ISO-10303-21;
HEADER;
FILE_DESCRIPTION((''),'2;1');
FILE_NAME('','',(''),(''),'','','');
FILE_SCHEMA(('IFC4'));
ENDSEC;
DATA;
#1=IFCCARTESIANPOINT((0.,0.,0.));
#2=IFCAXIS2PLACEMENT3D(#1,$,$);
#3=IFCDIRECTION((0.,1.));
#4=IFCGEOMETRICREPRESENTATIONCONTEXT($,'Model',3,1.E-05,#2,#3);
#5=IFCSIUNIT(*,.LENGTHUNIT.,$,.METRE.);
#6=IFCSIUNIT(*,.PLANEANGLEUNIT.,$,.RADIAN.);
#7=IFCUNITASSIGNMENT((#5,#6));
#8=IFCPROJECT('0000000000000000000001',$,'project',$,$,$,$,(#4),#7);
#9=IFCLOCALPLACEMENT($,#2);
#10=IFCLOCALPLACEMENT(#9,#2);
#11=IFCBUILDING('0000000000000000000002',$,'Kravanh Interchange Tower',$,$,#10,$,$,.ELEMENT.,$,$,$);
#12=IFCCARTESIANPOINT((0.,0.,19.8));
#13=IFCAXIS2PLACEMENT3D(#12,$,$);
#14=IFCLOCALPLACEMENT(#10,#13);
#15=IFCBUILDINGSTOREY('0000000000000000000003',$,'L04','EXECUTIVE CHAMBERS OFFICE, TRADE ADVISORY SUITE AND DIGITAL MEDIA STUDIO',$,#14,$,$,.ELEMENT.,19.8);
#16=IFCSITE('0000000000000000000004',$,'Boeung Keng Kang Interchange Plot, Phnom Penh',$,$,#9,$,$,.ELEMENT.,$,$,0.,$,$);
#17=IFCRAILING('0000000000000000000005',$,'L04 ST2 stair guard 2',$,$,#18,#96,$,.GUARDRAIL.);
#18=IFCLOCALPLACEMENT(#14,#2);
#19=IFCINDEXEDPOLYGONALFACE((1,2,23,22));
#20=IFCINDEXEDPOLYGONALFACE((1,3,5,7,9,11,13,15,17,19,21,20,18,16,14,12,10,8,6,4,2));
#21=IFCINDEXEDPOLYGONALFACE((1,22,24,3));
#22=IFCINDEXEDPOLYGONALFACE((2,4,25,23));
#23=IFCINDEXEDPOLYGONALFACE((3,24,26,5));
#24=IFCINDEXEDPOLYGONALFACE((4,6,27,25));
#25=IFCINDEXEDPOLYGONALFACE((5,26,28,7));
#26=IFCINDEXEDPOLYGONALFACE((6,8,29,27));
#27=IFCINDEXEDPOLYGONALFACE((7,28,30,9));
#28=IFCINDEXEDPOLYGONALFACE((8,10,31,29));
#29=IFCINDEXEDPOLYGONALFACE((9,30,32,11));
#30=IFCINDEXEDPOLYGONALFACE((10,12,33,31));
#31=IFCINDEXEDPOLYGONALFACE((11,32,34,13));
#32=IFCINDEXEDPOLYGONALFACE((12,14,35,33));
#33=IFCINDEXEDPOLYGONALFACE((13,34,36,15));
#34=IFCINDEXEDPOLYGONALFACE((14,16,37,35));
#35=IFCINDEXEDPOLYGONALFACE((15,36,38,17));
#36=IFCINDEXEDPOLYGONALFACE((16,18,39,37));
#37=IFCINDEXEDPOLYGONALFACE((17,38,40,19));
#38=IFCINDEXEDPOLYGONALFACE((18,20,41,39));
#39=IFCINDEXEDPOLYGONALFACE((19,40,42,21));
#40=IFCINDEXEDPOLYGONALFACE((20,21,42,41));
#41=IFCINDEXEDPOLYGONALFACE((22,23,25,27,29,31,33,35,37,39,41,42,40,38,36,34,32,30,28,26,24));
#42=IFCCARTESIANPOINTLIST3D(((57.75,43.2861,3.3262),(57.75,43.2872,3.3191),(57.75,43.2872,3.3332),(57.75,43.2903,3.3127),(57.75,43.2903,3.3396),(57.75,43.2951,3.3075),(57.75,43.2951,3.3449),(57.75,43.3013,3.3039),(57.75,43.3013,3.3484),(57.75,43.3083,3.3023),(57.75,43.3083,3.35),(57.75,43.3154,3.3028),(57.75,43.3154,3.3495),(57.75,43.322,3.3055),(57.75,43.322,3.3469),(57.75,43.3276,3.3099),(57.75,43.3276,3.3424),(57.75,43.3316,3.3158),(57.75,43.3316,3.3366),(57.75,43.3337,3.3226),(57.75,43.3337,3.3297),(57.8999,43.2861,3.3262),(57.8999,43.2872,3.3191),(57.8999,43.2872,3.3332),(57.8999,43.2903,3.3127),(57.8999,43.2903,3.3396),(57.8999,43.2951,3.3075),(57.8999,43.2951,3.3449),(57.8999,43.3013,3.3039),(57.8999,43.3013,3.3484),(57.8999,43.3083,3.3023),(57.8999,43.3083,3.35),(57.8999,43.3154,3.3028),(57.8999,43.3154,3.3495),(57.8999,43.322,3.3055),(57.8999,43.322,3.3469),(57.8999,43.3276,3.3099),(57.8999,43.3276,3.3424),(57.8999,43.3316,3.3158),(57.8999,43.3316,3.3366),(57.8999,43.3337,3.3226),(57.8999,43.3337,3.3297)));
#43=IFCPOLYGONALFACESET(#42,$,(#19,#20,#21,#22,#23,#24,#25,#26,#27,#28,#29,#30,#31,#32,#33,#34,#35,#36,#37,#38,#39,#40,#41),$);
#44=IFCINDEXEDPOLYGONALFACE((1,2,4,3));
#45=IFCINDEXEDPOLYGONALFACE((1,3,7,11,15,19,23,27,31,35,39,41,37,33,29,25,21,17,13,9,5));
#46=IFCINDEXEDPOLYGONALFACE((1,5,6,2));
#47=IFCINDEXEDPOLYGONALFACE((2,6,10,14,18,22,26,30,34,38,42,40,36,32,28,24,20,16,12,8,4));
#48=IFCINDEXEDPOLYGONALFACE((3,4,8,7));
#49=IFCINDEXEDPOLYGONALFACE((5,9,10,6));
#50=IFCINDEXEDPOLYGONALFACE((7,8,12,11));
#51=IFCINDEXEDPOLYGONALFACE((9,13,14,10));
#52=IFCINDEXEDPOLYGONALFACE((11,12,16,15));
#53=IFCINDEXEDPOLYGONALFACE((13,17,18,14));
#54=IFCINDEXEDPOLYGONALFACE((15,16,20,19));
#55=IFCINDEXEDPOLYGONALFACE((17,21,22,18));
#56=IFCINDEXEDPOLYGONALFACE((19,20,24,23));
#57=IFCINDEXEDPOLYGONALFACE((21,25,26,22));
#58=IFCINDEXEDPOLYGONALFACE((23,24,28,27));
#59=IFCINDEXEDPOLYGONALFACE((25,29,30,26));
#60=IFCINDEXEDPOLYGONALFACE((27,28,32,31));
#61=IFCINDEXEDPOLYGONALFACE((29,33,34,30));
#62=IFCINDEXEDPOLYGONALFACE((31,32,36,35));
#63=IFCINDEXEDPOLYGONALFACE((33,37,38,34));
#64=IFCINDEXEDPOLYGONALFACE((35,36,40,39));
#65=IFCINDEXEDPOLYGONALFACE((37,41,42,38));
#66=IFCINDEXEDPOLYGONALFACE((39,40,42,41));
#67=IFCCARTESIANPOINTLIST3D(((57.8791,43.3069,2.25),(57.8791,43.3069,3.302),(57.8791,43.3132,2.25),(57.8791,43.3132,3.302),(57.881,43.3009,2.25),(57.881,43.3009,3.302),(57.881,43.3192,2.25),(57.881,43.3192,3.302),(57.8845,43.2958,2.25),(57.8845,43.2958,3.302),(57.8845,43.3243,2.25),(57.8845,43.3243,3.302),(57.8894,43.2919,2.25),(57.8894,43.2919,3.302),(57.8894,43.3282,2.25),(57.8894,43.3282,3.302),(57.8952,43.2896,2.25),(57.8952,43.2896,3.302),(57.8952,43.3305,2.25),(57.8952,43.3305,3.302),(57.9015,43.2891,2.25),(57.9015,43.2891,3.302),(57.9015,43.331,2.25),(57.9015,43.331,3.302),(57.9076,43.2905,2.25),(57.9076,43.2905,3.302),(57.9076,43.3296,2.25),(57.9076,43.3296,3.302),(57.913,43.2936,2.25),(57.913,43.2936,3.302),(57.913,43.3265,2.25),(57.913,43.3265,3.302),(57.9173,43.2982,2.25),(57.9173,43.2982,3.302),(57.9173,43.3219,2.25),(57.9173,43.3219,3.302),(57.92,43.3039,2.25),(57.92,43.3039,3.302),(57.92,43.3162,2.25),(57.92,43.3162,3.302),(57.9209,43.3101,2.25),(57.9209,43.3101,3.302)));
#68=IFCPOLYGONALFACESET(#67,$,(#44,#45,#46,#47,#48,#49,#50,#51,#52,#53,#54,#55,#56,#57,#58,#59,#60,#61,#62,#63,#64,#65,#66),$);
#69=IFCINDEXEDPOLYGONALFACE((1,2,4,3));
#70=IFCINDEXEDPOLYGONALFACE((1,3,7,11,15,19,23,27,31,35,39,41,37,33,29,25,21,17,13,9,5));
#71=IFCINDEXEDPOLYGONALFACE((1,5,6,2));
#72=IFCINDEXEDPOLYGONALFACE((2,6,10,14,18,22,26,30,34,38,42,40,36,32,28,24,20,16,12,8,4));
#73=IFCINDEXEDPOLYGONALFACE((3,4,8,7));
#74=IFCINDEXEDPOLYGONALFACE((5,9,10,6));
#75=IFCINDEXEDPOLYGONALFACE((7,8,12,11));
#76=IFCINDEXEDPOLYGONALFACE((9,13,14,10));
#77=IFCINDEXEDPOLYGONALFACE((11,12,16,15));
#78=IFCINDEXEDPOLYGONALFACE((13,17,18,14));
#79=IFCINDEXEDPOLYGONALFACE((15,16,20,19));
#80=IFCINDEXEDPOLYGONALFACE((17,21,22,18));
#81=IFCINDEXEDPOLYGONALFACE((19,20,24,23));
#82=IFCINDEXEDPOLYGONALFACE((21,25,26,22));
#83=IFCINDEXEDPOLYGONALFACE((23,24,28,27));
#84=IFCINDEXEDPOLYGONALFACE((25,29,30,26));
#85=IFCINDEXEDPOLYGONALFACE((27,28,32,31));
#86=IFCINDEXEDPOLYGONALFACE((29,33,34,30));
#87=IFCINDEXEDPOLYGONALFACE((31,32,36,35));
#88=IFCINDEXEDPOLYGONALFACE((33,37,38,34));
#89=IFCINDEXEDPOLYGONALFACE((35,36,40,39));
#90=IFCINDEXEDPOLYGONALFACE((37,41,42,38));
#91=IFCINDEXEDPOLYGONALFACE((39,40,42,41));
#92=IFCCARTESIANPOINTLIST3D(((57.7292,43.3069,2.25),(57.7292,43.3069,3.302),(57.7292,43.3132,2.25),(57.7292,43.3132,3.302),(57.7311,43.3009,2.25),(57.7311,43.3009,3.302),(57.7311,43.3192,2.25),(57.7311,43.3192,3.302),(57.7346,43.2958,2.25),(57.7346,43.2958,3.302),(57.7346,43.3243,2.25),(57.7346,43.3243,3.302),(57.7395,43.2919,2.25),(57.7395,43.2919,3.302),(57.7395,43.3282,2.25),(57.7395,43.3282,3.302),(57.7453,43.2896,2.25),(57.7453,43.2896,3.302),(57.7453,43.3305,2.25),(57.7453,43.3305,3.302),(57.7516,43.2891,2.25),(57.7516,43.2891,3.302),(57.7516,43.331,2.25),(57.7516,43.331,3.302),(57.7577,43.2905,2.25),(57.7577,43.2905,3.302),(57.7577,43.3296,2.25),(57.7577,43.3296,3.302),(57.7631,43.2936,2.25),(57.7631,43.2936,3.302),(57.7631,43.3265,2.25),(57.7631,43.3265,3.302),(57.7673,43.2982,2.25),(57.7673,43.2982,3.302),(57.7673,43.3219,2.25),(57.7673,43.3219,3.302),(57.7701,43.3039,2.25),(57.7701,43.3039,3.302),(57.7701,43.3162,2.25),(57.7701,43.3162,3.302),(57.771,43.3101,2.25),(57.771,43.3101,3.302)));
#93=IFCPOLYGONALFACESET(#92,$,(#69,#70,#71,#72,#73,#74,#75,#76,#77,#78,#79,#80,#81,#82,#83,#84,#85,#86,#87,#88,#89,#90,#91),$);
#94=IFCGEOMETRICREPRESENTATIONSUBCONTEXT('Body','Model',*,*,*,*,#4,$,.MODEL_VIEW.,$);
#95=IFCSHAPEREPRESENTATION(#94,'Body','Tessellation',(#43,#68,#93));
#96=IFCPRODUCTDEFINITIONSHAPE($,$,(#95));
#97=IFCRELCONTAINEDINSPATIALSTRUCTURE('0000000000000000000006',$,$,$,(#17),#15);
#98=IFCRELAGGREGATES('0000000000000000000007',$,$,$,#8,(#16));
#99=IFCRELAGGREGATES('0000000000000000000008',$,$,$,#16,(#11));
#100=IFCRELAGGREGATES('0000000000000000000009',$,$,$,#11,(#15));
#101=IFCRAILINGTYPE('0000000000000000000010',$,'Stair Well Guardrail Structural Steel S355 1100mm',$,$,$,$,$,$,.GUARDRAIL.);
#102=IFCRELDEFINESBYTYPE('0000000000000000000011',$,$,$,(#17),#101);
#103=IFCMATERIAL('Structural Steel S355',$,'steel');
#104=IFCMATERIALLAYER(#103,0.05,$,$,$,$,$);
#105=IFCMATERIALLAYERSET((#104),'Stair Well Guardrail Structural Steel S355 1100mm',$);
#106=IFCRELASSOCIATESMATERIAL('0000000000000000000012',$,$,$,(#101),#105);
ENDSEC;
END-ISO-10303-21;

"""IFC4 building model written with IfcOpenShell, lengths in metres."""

from ifc_helpers import new_model, si_unit, direction, frame, origin, origin_2d, place, context, subcontext, project, spatial, circle, extrude, material, layer, layer_set, type_object, element, save


model = new_model("IFC4")

# Units and contexts
model_context = context("Model", 3, precision=1e-05, world=origin(), true_north=direction((0.0, 1.0)))
body_context = subcontext(model_context, "Body", "Model", "MODEL_VIEW")
ifc_project = project(units=[si_unit("LENGTHUNIT", "METRE"), si_unit("PLANEANGLEUNIT", "RADIAN")], contexts=[model_context])

# Site, building, storey
site_placement = place(None, origin())
site = spatial("IfcSite", under=ifc_project, at=site_placement, Name="Boeung Keng Kang Interchange Plot, Phnom Penh", CompositionType="ELEMENT", RefElevation=0.0)
building_placement = place(site_placement, origin())
building = spatial("IfcBuilding", under=site, at=building_placement, Name="Kravanh Interchange Tower", CompositionType="ELEMENT")
storey_placement = place(building_placement, frame((0.0, 0.0, 19.8)))
storey = spatial("IfcBuildingStorey", under=building, at=storey_placement, Name="L04", Description="EXECUTIVE CHAMBERS OFFICE, TRADE ADVISORY SUITE AND DIGITAL MEDIA STUDIO", CompositionType="ELEMENT", Elevation=19.8)

# Railing
ifc_material_1 = material(Name="Structural Steel S355", Category="steel")
ifc_layer_1 = layer(ifc_material_1, 0.05)
ifc_layer_set_1 = layer_set([ifc_layer_1], Name="Stair Well Guardrail Structural Steel S355 1100mm")
railing_type_1 = type_object("IfcRailingType", Name="Stair Well Guardrail Structural Steel S355 1100mm", PredefinedType="GUARDRAIL", material=ifc_layer_set_1)
railing_1_placement = place(storey_placement, frame((57.8999, 43.3101, 2.25)))
element("IfcRailing", 1, at=railing_1_placement, inside=storey, type_object=railing_type_1, Name="L04 ST2 stair guard 2", PredefinedType="GUARDRAIL", context=body_context, shape_type="SweptSolid", body=[
    extrude(circle(Radius=0.0239, at=origin_2d()), frame((0.0, 0.0, 1.0762), z_axis=(-1.0, 0.0, 0.0), x_axis=(0.0, -1.0, 0.0)), (0.0, 0.0, 1.0), 0.1499),
    extrude(circle(Radius=0.021, at=origin_2d()), origin(), (0.0, 0.0, 1.0), 1.052),
    extrude(circle(Radius=0.021, at=origin_2d()), frame((-0.1499, 0.0, 0.0)), (0.0, 0.0, 1.0), 1.052),
])

save(model, "model.ifc")
